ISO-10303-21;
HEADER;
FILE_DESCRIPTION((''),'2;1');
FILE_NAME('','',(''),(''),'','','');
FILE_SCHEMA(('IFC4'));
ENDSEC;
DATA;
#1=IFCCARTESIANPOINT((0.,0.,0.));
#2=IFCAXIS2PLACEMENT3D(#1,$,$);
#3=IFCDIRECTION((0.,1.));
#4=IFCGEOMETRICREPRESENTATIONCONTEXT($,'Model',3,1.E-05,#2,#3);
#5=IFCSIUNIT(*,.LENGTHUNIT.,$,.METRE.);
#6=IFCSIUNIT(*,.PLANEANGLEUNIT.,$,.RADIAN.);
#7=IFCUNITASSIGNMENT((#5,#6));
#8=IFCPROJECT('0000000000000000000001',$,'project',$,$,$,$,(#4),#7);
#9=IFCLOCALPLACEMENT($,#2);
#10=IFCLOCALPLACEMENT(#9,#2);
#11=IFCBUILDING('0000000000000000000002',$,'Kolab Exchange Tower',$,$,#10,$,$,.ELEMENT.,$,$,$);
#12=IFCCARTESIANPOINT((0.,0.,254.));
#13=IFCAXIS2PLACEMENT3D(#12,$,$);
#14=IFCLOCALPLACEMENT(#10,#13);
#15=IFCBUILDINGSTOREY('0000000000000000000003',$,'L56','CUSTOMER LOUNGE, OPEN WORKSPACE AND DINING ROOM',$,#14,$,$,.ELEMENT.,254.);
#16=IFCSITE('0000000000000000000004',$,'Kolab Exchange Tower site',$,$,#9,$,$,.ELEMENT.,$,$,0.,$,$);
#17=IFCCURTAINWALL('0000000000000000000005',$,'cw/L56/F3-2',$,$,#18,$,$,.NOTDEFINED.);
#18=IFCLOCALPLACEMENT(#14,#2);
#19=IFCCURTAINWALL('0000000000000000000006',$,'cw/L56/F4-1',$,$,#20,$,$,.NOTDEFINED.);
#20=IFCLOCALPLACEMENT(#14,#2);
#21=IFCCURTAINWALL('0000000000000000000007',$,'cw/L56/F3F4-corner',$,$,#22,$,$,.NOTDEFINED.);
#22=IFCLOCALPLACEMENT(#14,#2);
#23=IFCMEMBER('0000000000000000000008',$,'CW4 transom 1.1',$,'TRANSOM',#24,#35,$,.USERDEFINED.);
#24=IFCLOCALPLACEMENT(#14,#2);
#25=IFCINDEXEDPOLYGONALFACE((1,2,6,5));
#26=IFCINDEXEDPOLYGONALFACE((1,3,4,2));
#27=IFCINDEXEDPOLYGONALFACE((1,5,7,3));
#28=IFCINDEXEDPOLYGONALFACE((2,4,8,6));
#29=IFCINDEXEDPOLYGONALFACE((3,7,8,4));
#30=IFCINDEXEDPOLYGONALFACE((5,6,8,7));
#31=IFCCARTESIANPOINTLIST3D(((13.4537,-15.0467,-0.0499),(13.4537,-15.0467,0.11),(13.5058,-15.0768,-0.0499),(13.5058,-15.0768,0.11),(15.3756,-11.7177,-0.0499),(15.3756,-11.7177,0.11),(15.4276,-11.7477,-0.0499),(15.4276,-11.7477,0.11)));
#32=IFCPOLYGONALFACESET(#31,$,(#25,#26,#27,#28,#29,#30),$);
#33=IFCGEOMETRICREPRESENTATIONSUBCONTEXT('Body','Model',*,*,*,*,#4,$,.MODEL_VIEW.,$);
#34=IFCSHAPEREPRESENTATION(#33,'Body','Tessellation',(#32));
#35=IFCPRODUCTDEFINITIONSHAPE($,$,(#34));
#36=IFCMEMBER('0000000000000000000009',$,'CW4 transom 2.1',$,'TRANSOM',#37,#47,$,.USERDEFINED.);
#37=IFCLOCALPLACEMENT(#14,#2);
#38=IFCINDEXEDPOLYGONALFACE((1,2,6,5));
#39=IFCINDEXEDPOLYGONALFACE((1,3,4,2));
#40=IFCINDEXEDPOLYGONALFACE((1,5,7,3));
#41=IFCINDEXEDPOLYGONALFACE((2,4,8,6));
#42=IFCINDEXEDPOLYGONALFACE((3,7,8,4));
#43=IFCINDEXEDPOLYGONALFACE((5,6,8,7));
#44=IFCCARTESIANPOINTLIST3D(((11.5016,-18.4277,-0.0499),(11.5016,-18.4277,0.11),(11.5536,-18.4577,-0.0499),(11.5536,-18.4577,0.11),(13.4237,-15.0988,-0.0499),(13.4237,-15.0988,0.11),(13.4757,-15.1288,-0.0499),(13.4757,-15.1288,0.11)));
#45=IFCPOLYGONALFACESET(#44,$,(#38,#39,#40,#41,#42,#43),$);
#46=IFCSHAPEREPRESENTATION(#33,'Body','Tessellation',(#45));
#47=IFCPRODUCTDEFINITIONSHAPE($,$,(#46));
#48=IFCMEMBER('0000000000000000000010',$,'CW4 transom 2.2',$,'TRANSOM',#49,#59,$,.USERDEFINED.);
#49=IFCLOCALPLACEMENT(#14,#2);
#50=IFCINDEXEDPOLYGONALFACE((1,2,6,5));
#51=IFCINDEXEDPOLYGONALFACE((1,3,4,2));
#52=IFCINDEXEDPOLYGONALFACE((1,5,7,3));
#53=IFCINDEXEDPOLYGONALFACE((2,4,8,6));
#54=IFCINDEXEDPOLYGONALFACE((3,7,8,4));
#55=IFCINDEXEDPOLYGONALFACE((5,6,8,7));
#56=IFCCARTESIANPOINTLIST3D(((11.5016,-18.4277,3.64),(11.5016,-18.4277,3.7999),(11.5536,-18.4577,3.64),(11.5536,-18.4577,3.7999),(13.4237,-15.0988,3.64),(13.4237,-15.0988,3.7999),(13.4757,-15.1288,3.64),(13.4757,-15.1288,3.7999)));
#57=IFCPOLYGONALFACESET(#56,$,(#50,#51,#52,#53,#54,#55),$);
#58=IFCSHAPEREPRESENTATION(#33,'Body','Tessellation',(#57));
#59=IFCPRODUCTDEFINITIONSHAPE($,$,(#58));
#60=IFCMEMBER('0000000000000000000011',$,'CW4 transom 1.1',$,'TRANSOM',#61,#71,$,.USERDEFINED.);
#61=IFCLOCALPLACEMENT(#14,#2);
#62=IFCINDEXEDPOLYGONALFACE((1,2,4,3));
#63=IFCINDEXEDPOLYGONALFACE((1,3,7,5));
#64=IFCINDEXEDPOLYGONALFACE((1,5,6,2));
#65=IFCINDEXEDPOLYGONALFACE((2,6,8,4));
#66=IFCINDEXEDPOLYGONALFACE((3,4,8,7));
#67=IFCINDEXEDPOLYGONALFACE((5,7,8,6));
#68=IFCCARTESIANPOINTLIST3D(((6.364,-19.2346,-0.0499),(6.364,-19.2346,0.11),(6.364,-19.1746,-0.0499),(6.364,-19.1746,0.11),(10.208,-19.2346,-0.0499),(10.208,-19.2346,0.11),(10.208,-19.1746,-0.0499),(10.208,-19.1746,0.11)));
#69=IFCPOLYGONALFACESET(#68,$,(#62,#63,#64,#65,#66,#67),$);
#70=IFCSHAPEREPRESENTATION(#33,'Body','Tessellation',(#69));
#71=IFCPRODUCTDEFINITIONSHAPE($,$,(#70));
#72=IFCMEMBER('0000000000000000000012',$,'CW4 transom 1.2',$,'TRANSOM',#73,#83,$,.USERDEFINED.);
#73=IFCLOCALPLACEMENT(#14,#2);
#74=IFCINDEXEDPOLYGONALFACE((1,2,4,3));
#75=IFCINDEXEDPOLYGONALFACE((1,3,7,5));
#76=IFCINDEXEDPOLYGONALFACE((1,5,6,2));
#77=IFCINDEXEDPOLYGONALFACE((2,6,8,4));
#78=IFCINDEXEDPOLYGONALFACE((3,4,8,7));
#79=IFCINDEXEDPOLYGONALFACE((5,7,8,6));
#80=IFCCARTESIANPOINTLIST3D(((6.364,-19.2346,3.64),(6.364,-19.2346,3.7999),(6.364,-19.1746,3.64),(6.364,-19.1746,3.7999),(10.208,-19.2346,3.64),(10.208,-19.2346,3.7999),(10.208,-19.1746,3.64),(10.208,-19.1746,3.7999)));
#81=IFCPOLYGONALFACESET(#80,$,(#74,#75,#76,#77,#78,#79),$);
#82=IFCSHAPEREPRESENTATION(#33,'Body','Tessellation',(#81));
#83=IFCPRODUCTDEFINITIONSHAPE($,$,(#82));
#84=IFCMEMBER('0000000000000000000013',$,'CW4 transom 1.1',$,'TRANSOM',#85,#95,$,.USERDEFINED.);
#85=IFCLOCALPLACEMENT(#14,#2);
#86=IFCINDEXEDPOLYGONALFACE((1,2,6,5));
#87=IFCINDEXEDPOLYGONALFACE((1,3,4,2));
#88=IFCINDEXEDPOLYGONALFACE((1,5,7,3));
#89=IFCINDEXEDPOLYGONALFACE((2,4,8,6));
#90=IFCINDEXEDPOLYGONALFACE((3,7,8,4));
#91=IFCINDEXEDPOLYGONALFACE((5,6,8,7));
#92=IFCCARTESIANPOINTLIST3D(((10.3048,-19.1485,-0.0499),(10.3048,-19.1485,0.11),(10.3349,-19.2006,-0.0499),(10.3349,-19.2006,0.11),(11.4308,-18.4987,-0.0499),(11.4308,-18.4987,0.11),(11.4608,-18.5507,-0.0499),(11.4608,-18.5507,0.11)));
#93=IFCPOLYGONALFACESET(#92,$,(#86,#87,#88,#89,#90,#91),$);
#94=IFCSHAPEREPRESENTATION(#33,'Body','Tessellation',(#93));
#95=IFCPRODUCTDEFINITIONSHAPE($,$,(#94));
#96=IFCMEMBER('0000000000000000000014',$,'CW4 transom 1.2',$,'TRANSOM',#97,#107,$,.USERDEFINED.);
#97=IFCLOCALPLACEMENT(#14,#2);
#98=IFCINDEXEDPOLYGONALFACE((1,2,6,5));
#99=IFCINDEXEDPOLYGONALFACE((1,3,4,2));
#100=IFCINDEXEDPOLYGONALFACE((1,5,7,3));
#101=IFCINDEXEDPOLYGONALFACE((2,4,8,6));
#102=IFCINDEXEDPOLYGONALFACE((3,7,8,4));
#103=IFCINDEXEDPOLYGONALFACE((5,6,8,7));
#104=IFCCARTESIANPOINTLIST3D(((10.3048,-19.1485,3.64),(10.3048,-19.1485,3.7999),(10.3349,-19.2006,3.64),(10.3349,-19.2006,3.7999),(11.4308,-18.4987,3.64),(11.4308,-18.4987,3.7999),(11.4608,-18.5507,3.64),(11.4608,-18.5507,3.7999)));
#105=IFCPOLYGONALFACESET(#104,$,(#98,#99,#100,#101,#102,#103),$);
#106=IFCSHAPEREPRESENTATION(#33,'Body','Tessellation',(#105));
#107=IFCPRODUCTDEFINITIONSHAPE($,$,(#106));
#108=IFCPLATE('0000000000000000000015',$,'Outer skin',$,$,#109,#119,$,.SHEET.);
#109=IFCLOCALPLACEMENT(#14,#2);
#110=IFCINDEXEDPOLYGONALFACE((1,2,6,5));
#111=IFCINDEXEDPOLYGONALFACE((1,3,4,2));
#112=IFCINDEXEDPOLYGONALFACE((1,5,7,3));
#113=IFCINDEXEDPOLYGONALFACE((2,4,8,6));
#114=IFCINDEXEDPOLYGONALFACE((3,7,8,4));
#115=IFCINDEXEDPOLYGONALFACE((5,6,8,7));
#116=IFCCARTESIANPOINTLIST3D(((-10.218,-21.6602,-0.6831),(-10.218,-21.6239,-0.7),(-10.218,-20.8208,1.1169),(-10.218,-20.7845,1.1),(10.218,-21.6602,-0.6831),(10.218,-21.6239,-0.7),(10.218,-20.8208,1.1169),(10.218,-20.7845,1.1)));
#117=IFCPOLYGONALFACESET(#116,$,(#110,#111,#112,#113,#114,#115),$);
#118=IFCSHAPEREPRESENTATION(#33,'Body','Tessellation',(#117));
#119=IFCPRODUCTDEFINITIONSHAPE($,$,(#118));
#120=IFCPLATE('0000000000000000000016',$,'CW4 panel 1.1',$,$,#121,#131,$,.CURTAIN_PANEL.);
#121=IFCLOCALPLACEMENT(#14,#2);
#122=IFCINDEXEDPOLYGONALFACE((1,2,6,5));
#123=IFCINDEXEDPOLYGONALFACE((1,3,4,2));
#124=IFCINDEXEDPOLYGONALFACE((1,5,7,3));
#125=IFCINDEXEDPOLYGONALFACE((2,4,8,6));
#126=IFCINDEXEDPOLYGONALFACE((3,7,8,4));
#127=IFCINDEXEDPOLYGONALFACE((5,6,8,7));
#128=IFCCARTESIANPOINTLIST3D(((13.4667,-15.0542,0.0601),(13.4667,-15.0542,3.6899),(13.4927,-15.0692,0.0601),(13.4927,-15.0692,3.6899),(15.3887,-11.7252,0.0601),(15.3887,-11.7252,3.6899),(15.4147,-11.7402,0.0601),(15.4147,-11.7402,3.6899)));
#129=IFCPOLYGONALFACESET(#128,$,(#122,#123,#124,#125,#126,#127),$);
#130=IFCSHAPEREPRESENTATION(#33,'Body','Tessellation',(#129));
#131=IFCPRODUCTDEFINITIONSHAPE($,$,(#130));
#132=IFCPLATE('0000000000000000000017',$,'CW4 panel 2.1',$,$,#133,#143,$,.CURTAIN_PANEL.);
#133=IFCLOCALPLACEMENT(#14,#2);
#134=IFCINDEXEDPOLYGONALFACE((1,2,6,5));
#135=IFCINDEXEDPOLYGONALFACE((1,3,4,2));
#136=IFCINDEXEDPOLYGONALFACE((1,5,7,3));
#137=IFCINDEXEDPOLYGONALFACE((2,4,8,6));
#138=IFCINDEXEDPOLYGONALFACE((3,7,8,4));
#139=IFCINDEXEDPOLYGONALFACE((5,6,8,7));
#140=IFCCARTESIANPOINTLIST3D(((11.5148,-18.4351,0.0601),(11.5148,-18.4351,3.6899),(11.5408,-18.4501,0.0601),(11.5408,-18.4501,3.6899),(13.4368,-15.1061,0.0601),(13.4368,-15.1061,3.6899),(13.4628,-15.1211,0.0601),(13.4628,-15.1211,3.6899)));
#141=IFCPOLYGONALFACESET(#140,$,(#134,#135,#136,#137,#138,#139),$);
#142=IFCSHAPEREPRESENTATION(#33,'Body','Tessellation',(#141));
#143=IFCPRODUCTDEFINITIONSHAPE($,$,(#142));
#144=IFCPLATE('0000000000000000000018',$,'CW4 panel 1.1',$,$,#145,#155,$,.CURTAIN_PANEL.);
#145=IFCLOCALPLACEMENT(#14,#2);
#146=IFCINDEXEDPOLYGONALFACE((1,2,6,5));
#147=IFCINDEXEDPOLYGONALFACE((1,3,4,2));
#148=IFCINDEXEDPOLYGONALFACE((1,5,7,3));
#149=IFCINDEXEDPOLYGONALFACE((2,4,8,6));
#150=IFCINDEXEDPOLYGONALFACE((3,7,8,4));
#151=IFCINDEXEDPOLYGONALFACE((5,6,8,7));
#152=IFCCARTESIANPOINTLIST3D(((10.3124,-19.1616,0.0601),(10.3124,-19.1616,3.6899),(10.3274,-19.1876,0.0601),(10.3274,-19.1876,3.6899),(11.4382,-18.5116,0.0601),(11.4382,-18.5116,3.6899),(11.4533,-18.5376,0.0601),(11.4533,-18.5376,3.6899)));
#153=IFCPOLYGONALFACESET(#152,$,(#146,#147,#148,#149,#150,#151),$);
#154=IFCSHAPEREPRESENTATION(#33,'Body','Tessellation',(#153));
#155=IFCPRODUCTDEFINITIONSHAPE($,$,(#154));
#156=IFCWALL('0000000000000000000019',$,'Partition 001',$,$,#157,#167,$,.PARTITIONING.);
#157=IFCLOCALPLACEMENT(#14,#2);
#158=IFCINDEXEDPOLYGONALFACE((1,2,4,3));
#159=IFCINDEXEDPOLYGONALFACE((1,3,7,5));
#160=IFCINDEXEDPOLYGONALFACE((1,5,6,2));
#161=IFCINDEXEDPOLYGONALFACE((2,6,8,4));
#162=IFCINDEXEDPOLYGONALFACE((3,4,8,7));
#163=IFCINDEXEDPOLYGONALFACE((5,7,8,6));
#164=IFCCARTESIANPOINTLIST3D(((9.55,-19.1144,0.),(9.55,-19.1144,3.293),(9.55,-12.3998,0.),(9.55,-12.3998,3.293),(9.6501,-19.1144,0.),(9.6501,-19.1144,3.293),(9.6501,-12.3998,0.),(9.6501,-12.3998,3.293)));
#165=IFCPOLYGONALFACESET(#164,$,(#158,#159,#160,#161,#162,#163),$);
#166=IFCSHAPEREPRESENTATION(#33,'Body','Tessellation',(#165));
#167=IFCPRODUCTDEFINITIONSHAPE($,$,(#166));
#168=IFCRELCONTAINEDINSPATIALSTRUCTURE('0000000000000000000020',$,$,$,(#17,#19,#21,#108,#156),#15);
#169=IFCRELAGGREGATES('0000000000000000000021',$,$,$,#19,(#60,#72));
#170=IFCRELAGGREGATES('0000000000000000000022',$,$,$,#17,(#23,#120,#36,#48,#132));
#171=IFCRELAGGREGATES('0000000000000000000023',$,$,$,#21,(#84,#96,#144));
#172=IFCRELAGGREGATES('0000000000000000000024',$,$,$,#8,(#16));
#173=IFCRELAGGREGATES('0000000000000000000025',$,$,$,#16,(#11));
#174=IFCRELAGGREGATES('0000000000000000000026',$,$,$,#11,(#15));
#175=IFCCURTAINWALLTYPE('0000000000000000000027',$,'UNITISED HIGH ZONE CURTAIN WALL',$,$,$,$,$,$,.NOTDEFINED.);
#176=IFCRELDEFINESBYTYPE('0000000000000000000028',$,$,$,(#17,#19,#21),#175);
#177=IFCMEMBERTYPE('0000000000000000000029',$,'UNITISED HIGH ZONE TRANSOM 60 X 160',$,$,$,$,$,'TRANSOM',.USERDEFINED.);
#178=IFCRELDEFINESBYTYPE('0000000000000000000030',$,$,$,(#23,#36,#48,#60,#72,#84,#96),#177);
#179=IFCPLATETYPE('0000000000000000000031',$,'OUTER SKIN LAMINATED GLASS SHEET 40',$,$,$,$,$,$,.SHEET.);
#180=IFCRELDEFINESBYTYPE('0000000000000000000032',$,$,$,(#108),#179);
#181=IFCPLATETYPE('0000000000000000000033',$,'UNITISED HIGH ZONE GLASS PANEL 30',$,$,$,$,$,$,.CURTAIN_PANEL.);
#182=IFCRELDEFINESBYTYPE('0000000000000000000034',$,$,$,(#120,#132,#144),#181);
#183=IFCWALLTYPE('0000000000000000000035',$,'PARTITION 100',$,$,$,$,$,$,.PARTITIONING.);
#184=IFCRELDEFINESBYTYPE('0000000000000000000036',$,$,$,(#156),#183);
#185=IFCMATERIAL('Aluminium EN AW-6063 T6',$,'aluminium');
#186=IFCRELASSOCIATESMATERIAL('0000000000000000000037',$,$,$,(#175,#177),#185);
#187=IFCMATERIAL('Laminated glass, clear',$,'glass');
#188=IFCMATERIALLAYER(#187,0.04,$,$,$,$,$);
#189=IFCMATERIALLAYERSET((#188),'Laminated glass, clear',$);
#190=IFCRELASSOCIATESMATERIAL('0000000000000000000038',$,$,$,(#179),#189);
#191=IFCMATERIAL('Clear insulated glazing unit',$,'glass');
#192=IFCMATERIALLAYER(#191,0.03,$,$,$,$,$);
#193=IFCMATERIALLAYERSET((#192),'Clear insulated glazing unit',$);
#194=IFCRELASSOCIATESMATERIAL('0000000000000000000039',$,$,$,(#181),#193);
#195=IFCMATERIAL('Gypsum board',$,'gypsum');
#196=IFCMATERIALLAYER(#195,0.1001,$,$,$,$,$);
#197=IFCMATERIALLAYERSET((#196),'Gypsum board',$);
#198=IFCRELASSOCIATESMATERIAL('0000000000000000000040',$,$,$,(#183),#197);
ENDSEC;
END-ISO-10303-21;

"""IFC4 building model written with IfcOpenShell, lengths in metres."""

from ifc_helpers import new_model, si_unit, direction, frame, frame_2d, origin, origin_2d, place, context, subcontext, project, spatial, polyline, rectangle, outline, extrude, material, layer, layer_set, material_profile, profile_set, type_object, element, aggregate, save


model = new_model("IFC4")

# Units and contexts
model_context = context("Model", 3, precision=1e-05, world=origin(), true_north=direction((0.0, 1.0)))
body_context = subcontext(model_context, "Body", "Model", "MODEL_VIEW")
ifc_project = project(units=[si_unit("LENGTHUNIT", "METRE"), si_unit("PLANEANGLEUNIT", "RADIAN")], contexts=[model_context])

# Site, building, storey
site_placement = place(None, origin())
site = spatial("IfcSite", under=ifc_project, at=site_placement, Name="Kolab Exchange Tower site", CompositionType="ELEMENT", RefElevation=0.0)
building_placement = place(site_placement, origin())
building = spatial("IfcBuilding", under=site, at=building_placement, Name="Kolab Exchange Tower", CompositionType="ELEMENT")
storey_placement = place(building_placement, frame((0.0, 0.0, 254.0)))
storey = spatial("IfcBuildingStorey", under=building, at=storey_placement, Name="L56", Description="CUSTOMER LOUNGE, OPEN WORKSPACE AND DINING ROOM", CompositionType="ELEMENT", Elevation=254.0)

# Curtain wall
ifc_material_1 = material(Name="Aluminium EN AW-6063 T6", Category="aluminium")
curtain_wall_type = type_object("IfcCurtainWallType", Name="UNITISED HIGH ZONE CURTAIN WALL", PredefinedType="NOTDEFINED", material=ifc_material_1)
curtain_wall_1_placement = place(storey_placement, origin())
curtain_wall_1 = element("IfcCurtainWall", 1, at=curtain_wall_1_placement, inside=storey, type_object=curtain_wall_type, Name="cw/L56/F3-2", PredefinedType="NOTDEFINED")

# Curtain wall
curtain_wall_2_placement = place(storey_placement, origin())
curtain_wall_2 = element("IfcCurtainWall", 2, at=curtain_wall_2_placement, inside=storey, type_object=curtain_wall_type, Name="cw/L56/F4-1", PredefinedType="NOTDEFINED")

# Curtain wall
curtain_wall_3_placement = place(storey_placement, origin())
curtain_wall_3 = element("IfcCurtainWall", 3, at=curtain_wall_3_placement, inside=storey, type_object=curtain_wall_type, Name="cw/L56/F3F4-corner", PredefinedType="NOTDEFINED")

# Members
ifc_material_profile_1 = material_profile(ifc_material_1, rectangle(XDim=0.0601, YDim=0.1599, at=origin_2d()), Name="RECT 60X160")
ifc_profile_set_1 = profile_set([ifc_material_profile_1], Name="Aluminium EN AW-6063 T6")
member_type_1 = type_object("IfcMemberType", Name="UNITISED HIGH ZONE TRANSOM 60 X 160", ElementType="TRANSOM", PredefinedType="USERDEFINED", material=ifc_profile_set_1)
member_1_placement = place(storey_placement, frame((15.4016, -11.7327, 0.03), z_axis=(-0.499964, -0.866046, 0.0), x_axis=(0.866046, -0.499964, 0.0)))
member_1 = element("IfcMember", 4, at=member_1_placement, type_object=member_type_1, Name="CW4 transom 1.1", ObjectType="TRANSOM", PredefinedType="USERDEFINED", context=body_context, shape_type="SweptSolid", body=[
    extrude(rectangle(XDim=0.0601, YDim=0.1599, at=origin_2d()), origin(), (0.0, 0.0, 1.0), 3.844),
])
member_2_placement = place(storey_placement, frame((13.4497, -15.1138, 0.03), z_axis=(-0.500039, -0.866003, 0.0), x_axis=(0.866003, -0.500039, 0.0)))
member_2 = element("IfcMember", 5, at=member_2_placement, type_object=member_type_1, Name="CW4 transom 2.1", ObjectType="TRANSOM", PredefinedType="USERDEFINED", context=body_context, shape_type="SweptSolid", body=[
    extrude(rectangle(XDim=0.0601, YDim=0.1599, at=origin_2d()), origin(), (0.0, 0.0, 1.0), 3.844),
])
member_3_placement = place(storey_placement, frame((13.4497, -15.1138, 3.72), z_axis=(-0.500039, -0.866003, 0.0), x_axis=(0.866003, -0.500039, 0.0)))
member_3 = element("IfcMember", 6, at=member_3_placement, type_object=member_type_1, Name="CW4 transom 2.2", ObjectType="TRANSOM", PredefinedType="USERDEFINED", context=body_context, shape_type="SweptSolid", body=[
    extrude(rectangle(XDim=0.0601, YDim=0.1599, at=origin_2d()), origin(), (0.0, 0.0, 1.0), 3.844),
])
member_4_placement = place(storey_placement, frame((10.208, -19.2046, 0.03), z_axis=(-1.0, 0.0, 0.0), x_axis=(0.0, -1.0, 0.0)))
member_4 = element("IfcMember", 7, at=member_4_placement, type_object=member_type_1, Name="CW4 transom 1.1", ObjectType="TRANSOM", PredefinedType="USERDEFINED", context=body_context, shape_type="SweptSolid", body=[
    extrude(rectangle(XDim=0.0601, YDim=0.1599, at=origin_2d()), origin(), (0.0, 0.0, 1.0), 3.844),
])
member_5_placement = place(storey_placement, frame((10.208, -19.2046, 3.72), z_axis=(-1.0, 0.0, 0.0), x_axis=(0.0, -1.0, 0.0)))
member_5 = element("IfcMember", 8, at=member_5_placement, type_object=member_type_1, Name="CW4 transom 1.2", ObjectType="TRANSOM", PredefinedType="USERDEFINED", context=body_context, shape_type="SweptSolid", body=[
    extrude(rectangle(XDim=0.0601, YDim=0.1599, at=origin_2d()), origin(), (0.0, 0.0, 1.0), 3.844),
])
aggregate(curtain_wall_2, [member_4, member_5])
member_6_placement = place(storey_placement, frame((11.4458, -18.5247, 0.03), z_axis=(-0.866086, -0.499896, 0.0), x_axis=(0.499896, -0.866086, 0.0)))
member_6 = element("IfcMember", 9, at=member_6_placement, type_object=member_type_1, Name="CW4 transom 1.1", ObjectType="TRANSOM", PredefinedType="USERDEFINED", context=body_context, shape_type="SweptSolid", body=[
    extrude(rectangle(XDim=0.0601, YDim=0.1599, at=origin_2d()), origin(), (0.0, 0.0, 1.0), 1.3),
])
member_7_placement = place(storey_placement, frame((11.4458, -18.5247, 3.72), z_axis=(-0.866086, -0.499896, 0.0), x_axis=(0.499896, -0.866086, 0.0)))
member_7 = element("IfcMember", 10, at=member_7_placement, type_object=member_type_1, Name="CW4 transom 1.2", ObjectType="TRANSOM", PredefinedType="USERDEFINED", context=body_context, shape_type="SweptSolid", body=[
    extrude(rectangle(XDim=0.0601, YDim=0.1599, at=origin_2d()), origin(), (0.0, 0.0, 1.0), 1.3),
])

# Plates
ifc_material_2 = material(Name="Laminated glass, clear", Category="glass")
ifc_layer_1 = layer(ifc_material_2, 0.04)
ifc_layer_set_1 = layer_set([ifc_layer_1], Name="Laminated glass, clear")
plate_type_1 = type_object("IfcPlateType", Name="OUTER SKIN LAMINATED GLASS SHEET 40", PredefinedType="SHEET", material=ifc_layer_set_1)
plate_1_placement = place(storey_placement, frame((10.218, -21.6602, -0.6831), z_axis=(0.0, -0.906312, 0.42261), x_axis=(-1.0, 0.0, 0.0)))
element("IfcPlate", 11, at=plate_1_placement, inside=storey, type_object=plate_type_1, Name="Outer skin", PredefinedType="SHEET", context=body_context, shape_type="SweptSolid", body=[
    extrude(outline(polyline([(0.0, 0.0), (20.436, 0.0), (20.436, -1.9861), (0.0, -1.9861), (0.0, 0.0)])), origin(), (0.0, 0.0, -1.0), 0.04),
])
ifc_material_3 = material(Name="Clear insulated glazing unit", Category="glass")
ifc_layer_2 = layer(ifc_material_3, 0.03)
ifc_layer_set_2 = layer_set([ifc_layer_2], Name="Clear insulated glazing unit")
plate_type_2 = type_object("IfcPlateType", Name="UNITISED HIGH ZONE GLASS PANEL 30", PredefinedType="CURTAIN_PANEL", material=ifc_layer_set_2)
plate_2_placement = place(storey_placement, frame((14.4407, -13.3972, 0.0601), z_axis=(0.0, 0.0, 1.0), x_axis=(-0.5, -0.866025, 0.0)))
plate_2 = element("IfcPlate", 12, at=plate_2_placement, type_object=plate_type_2, Name="CW4 panel 1.1", PredefinedType="CURTAIN_PANEL", context=body_context, shape_type="SweptSolid", body=[
    extrude(rectangle(XDim=3.844, YDim=0.03, at=origin_2d()), origin(), (0.0, 0.0, 1.0), 3.6299),
])
plate_3_placement = place(storey_placement, frame((12.4888, -16.7781, 0.0601), z_axis=(0.0, 0.0, 1.0), x_axis=(-0.5, -0.866025, 0.0)))
plate_3 = element("IfcPlate", 13, at=plate_3_placement, type_object=plate_type_2, Name="CW4 panel 2.1", PredefinedType="CURTAIN_PANEL", context=body_context, shape_type="SweptSolid", body=[
    extrude(rectangle(XDim=3.844, YDim=0.03, at=origin_2d()), origin(), (0.0, 0.0, 1.0), 3.6299),
])
aggregate(curtain_wall_1, [member_1, plate_2, member_2, member_3, plate_3])
plate_4_placement = place(storey_placement, frame((10.8828, -18.8496, 0.0601), z_axis=(0.0, 0.0, 1.0), x_axis=(-0.866025, -0.5, 0.0)))
plate_4 = element("IfcPlate", 14, at=plate_4_placement, type_object=plate_type_2, Name="CW4 panel 1.1", PredefinedType="CURTAIN_PANEL", context=body_context, shape_type="SweptSolid", body=[
    extrude(rectangle(XDim=1.3, YDim=0.03, at=origin_2d()), origin(), (0.0, 0.0, 1.0), 3.6299),
])
aggregate(curtain_wall_3, [member_6, member_7, plate_4])

# Wall
ifc_material_4 = material(Name="Gypsum board", Category="gypsum")
ifc_layer_3 = layer(ifc_material_4, 0.1001)
ifc_layer_set_3 = layer_set([ifc_layer_3], Name="Gypsum board")
wall_type = type_object("IfcWallType", Name="PARTITION 100", PredefinedType="PARTITIONING", material=ifc_layer_set_3)
wall_placement = place(storey_placement, frame((9.6001, -19.1145, 0.0), z_axis=(0.0, 0.0, 1.0), x_axis=(0.0, 1.0, 0.0)))
element("IfcWall", 15, at=wall_placement, inside=storey, type_object=wall_type, Name="Partition 001", PredefinedType="PARTITIONING", context=body_context, shape_type="SweptSolid", body=[
    extrude(rectangle(XDim=6.7146, YDim=0.1001, at=frame_2d((3.3574, 0.0))), origin(), (0.0, 0.0, 1.0), 3.293),
])

save(model, "model.ifc")
